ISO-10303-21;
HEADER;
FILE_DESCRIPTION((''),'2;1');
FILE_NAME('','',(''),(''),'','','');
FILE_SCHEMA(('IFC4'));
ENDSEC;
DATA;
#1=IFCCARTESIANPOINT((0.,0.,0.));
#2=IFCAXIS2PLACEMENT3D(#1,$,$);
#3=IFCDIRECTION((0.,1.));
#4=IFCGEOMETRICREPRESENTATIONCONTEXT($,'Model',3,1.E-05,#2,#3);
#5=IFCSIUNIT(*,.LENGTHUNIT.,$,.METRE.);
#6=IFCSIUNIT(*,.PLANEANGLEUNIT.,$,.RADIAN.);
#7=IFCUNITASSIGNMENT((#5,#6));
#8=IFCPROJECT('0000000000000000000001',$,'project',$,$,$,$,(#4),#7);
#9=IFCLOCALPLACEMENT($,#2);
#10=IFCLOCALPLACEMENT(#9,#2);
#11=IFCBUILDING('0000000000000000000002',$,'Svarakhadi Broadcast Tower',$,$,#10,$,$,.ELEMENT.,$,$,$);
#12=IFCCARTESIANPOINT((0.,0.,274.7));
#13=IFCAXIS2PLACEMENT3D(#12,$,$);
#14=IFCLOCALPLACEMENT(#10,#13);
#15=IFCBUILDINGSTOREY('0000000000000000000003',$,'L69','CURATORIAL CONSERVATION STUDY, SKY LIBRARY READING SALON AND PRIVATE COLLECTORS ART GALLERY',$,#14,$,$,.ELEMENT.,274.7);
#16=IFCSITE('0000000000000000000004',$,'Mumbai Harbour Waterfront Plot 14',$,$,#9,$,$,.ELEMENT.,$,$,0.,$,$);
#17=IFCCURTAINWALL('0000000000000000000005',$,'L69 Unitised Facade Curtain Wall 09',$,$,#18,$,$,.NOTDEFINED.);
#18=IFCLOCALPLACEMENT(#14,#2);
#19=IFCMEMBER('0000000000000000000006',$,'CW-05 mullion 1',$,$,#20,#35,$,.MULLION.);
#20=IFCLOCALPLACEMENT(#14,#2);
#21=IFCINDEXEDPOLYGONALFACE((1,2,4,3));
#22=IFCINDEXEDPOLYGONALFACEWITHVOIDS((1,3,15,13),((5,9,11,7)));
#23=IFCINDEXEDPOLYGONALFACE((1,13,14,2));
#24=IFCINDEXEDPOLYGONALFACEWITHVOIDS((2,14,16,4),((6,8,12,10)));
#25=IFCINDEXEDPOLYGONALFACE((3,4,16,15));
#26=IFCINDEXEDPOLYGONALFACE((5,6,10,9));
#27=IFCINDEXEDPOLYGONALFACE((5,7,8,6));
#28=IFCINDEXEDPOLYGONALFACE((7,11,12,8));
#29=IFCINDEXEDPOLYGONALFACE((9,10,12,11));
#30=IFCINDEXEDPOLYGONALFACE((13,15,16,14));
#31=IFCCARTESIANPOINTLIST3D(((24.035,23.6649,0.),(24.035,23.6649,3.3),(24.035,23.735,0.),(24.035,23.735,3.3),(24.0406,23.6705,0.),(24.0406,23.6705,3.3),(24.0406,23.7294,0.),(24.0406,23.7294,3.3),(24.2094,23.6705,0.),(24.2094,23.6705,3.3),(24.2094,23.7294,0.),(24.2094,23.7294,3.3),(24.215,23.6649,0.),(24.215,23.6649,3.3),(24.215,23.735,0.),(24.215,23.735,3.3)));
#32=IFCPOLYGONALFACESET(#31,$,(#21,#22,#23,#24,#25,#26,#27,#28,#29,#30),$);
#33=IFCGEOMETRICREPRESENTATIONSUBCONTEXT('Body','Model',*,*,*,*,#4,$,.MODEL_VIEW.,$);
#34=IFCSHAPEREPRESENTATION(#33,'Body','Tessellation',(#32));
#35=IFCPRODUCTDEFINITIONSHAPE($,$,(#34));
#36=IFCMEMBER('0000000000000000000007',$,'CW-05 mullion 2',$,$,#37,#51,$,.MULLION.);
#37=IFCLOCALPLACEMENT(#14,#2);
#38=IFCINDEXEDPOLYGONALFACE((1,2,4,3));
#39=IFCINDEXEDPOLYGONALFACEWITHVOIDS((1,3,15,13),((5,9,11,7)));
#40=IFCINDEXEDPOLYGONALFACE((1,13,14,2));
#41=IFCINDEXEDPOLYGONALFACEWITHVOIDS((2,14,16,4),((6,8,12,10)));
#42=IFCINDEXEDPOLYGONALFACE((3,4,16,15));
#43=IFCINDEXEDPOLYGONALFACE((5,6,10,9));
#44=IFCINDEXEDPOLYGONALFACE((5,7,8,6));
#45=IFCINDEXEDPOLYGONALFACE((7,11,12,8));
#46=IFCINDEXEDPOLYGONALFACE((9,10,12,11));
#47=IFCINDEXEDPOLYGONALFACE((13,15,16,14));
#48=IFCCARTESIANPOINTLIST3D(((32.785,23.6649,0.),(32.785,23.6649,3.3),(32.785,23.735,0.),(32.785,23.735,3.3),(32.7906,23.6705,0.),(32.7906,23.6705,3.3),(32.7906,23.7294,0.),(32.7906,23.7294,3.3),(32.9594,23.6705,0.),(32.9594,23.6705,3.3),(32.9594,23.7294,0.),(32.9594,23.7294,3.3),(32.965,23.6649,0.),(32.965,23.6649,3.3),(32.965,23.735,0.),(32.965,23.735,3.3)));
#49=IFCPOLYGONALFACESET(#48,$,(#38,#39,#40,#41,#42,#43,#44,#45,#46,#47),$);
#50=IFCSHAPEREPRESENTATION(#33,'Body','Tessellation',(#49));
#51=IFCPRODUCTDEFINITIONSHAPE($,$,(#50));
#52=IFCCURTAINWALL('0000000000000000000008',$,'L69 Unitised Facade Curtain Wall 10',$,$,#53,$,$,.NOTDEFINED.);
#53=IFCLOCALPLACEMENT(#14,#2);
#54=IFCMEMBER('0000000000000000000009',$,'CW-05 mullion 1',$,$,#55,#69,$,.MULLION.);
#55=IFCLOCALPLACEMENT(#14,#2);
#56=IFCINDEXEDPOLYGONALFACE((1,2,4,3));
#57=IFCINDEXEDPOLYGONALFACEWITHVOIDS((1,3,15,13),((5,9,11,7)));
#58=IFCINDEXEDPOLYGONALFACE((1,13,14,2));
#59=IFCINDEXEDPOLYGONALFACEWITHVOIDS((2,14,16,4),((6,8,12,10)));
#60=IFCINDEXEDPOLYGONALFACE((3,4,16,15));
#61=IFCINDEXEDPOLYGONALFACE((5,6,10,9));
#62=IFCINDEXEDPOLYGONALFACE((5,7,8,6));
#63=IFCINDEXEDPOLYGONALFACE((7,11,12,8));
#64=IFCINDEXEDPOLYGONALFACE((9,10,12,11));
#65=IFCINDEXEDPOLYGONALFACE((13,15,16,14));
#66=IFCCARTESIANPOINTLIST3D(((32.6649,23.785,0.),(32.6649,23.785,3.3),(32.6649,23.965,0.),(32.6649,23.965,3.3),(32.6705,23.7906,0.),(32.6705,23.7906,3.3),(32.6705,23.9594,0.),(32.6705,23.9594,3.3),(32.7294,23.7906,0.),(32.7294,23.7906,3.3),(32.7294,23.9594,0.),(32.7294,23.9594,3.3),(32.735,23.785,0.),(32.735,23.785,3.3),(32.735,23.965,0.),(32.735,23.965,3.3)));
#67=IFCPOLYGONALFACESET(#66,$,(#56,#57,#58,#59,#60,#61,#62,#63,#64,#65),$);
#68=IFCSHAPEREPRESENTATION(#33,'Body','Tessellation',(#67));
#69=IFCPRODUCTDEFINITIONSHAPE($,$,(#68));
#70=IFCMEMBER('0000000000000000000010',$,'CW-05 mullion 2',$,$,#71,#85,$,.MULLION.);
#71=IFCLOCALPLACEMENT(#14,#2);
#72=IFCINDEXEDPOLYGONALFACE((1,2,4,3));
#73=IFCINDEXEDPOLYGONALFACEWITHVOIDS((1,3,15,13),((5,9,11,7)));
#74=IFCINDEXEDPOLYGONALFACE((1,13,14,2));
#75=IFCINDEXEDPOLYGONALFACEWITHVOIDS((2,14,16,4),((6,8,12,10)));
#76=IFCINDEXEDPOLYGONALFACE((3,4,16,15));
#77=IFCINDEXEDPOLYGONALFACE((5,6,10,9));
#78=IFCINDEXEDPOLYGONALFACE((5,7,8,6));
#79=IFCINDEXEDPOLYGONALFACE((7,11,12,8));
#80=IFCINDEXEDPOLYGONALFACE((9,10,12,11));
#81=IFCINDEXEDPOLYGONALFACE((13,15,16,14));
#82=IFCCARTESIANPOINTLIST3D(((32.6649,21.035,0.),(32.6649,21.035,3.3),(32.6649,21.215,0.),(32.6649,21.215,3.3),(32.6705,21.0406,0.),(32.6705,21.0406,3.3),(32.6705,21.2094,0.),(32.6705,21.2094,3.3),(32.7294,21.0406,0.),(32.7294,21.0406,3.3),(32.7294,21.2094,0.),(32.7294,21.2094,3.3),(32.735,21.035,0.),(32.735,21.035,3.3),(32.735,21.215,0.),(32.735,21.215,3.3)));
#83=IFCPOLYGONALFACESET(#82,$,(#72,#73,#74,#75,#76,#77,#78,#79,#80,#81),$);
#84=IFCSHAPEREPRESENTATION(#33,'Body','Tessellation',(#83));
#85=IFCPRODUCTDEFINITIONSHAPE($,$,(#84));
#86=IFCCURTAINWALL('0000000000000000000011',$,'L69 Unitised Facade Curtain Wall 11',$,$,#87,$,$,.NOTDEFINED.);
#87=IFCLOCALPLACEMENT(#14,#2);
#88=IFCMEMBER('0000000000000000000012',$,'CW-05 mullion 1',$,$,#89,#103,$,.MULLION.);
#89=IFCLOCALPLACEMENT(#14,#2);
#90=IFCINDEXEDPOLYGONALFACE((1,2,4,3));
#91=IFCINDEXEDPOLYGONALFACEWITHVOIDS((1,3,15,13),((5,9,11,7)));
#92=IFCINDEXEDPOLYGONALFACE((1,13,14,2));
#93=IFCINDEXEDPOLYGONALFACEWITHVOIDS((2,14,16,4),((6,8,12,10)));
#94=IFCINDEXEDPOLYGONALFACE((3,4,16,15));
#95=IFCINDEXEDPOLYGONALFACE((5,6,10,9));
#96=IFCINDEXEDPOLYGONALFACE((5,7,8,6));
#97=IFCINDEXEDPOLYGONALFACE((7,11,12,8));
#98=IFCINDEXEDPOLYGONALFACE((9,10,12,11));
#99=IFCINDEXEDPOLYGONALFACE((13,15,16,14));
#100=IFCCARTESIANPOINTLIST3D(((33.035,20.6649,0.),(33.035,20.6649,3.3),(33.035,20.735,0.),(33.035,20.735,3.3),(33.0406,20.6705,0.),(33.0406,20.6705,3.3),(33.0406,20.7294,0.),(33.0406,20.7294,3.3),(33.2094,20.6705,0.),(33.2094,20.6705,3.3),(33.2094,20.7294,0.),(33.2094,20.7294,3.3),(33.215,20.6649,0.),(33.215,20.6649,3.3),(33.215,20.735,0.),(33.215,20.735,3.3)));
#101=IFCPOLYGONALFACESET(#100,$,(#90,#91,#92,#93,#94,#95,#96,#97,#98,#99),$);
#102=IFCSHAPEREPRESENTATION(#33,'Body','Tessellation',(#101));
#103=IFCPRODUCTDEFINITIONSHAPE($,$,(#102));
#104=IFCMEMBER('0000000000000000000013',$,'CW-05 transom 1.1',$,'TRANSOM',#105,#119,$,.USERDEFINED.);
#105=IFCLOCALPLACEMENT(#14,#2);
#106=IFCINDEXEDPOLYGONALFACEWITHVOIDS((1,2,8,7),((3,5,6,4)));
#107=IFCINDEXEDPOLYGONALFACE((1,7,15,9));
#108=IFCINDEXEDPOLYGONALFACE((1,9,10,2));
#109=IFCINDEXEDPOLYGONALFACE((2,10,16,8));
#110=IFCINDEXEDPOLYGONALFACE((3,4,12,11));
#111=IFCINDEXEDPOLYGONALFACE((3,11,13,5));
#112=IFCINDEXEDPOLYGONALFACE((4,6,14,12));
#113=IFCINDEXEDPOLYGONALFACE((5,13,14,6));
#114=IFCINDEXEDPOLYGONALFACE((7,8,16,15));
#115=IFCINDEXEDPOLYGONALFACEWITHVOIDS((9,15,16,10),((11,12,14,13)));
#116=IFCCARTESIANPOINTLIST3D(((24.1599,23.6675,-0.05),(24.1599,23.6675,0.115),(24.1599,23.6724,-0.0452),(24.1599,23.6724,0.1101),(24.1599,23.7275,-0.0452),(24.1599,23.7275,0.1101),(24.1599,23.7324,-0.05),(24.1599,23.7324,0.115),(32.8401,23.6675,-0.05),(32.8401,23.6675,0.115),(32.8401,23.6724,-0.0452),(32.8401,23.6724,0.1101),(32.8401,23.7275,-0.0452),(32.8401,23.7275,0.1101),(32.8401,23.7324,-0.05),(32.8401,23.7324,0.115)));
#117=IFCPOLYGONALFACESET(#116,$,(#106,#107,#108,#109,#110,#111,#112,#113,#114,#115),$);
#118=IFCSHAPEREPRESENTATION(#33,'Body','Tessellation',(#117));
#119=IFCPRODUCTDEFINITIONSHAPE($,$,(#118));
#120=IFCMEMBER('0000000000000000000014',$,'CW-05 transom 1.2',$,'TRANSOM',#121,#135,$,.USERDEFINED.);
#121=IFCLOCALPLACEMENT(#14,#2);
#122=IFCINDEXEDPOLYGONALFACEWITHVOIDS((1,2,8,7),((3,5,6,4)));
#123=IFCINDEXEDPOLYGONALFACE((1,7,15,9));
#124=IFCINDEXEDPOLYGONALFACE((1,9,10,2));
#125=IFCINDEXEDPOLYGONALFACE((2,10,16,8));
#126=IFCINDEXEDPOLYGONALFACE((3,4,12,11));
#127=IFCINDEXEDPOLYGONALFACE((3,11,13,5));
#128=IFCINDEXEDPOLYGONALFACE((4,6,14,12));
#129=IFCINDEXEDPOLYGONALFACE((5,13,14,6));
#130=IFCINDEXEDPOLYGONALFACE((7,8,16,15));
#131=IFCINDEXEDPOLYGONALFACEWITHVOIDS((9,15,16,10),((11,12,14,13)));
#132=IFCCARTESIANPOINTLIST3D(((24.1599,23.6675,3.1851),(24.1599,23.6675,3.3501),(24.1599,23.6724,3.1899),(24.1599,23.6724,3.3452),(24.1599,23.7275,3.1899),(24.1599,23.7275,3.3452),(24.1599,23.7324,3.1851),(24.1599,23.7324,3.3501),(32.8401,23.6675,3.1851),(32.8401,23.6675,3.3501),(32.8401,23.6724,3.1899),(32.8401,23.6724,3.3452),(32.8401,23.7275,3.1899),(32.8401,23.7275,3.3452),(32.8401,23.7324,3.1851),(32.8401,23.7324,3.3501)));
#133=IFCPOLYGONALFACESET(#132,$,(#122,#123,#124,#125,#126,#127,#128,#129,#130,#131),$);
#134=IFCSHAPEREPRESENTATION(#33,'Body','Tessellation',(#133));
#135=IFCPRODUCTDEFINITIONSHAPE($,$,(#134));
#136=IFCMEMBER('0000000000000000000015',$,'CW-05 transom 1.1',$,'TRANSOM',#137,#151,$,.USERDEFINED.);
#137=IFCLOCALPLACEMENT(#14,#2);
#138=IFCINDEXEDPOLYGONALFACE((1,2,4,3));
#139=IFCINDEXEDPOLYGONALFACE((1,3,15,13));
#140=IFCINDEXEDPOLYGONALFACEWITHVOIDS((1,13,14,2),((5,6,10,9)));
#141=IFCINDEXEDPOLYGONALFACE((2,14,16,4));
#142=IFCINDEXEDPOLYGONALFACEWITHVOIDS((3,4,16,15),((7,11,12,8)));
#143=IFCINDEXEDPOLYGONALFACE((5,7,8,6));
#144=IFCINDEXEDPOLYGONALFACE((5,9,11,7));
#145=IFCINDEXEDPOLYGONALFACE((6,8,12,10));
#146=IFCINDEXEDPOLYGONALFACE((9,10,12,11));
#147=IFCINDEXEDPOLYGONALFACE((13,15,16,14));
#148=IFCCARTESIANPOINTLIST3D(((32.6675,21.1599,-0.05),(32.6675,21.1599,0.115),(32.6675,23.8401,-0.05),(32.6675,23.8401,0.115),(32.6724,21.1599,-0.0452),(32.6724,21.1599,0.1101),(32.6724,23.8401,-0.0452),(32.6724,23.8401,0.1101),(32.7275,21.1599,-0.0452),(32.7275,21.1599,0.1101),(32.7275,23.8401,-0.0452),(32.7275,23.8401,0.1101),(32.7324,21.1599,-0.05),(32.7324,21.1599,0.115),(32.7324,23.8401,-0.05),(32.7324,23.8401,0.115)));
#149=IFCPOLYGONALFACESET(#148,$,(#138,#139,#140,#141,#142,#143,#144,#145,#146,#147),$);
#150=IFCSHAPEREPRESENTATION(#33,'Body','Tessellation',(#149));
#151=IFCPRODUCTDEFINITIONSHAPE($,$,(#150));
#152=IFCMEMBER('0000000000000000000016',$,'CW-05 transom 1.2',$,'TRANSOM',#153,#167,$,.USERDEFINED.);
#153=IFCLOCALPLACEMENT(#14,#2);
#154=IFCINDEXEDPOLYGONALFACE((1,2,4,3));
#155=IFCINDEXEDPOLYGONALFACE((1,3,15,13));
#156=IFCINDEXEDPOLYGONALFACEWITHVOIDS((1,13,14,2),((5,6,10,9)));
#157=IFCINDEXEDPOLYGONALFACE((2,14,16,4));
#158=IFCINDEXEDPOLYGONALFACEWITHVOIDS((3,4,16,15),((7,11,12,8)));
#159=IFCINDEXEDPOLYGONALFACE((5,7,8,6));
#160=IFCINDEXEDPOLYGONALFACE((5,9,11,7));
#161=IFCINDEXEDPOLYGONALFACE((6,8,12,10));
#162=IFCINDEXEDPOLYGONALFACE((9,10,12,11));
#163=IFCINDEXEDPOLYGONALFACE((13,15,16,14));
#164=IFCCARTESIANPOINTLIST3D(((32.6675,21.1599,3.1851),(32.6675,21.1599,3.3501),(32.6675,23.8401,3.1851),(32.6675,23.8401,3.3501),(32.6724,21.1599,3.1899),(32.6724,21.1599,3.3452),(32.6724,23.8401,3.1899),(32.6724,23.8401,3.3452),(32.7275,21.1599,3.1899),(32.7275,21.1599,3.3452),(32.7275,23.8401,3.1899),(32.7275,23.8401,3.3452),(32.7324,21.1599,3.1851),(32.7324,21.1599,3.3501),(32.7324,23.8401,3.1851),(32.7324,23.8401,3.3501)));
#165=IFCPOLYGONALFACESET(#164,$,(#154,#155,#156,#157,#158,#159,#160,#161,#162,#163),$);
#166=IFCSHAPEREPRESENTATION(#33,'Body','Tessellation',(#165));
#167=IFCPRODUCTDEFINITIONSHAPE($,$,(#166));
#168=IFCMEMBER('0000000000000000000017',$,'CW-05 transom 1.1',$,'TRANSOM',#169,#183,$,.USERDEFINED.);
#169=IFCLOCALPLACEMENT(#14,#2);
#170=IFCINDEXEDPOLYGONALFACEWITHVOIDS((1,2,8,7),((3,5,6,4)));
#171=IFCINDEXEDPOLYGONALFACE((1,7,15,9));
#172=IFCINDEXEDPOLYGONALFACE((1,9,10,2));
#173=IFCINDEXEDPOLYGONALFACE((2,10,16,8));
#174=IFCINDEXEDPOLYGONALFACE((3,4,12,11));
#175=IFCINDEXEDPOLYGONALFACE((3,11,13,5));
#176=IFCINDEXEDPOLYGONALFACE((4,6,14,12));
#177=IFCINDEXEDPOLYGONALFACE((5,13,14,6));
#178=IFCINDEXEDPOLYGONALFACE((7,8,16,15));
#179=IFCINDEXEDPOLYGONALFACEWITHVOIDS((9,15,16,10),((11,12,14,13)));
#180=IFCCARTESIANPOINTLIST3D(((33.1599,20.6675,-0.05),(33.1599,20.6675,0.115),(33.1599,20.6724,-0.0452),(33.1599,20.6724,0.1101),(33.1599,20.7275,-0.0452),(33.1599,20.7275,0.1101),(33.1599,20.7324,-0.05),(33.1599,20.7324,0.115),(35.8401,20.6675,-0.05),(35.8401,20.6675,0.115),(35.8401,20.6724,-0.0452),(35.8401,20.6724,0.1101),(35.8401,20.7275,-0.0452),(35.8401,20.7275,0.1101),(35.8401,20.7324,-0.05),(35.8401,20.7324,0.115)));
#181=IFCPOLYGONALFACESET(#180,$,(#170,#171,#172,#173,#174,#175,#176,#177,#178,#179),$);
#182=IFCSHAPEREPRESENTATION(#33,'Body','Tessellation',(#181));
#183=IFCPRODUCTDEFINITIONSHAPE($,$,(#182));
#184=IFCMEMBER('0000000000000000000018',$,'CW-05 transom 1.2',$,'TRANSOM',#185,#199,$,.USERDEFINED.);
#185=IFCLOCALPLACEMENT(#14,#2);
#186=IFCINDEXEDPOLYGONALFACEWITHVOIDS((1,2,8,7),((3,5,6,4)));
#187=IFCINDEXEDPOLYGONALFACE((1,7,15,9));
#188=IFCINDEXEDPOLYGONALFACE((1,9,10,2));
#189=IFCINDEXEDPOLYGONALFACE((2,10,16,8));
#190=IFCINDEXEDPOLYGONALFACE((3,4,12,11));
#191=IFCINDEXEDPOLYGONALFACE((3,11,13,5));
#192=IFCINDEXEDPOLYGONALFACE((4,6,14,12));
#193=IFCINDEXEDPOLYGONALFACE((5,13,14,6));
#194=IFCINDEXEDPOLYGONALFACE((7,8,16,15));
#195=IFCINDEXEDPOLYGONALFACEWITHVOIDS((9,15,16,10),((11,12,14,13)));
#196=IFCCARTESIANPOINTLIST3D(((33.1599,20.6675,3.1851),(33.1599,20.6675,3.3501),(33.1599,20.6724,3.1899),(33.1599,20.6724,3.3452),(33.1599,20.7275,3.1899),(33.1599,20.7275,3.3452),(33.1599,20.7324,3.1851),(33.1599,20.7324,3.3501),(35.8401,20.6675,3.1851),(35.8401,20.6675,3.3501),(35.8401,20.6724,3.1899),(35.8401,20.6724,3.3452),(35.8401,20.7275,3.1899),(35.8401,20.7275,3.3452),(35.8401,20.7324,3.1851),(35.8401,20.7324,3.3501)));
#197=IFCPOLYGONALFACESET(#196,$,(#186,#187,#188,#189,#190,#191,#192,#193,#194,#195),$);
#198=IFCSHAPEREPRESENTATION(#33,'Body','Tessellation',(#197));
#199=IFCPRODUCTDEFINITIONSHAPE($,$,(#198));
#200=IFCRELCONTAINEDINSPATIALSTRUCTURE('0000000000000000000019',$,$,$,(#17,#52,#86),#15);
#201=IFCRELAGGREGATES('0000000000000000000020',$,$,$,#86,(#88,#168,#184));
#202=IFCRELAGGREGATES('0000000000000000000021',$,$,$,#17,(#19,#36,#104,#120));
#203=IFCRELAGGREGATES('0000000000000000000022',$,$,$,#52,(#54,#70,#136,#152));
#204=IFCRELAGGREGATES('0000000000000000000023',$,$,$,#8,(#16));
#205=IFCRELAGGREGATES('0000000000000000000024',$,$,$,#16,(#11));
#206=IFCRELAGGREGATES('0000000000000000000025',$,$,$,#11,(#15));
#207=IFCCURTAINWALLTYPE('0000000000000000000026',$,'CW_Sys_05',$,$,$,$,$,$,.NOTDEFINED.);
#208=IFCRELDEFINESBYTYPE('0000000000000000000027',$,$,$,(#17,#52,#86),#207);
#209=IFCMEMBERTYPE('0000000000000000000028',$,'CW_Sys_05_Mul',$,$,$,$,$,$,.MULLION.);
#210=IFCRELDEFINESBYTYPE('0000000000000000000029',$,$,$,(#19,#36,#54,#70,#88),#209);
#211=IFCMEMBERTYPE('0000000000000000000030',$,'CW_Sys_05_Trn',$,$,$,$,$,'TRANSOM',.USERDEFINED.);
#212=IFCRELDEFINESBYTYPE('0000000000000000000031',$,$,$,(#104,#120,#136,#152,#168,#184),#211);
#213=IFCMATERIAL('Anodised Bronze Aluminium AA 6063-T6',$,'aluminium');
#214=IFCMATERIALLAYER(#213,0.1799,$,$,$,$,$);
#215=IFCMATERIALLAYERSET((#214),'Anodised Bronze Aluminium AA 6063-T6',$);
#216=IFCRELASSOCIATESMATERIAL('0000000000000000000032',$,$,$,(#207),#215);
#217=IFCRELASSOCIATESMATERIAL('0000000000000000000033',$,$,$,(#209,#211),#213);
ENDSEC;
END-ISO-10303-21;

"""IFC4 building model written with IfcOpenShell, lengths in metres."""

from ifc_helpers import new_model, si_unit, direction, frame, origin, origin_2d, place, context, subcontext, project, spatial, hollow_rectangle, extrude, material, layer, layer_set, material_profile, profile_set, type_object, element, aggregate, save


model = new_model("IFC4")

# Units and contexts
model_context = context("Model", 3, precision=1e-05, world=origin(), true_north=direction((0.0, 1.0)))
body_context = subcontext(model_context, "Body", "Model", "MODEL_VIEW")
ifc_project = project(units=[si_unit("LENGTHUNIT", "METRE"), si_unit("PLANEANGLEUNIT", "RADIAN")], contexts=[model_context])

# Site, building, storey
site_placement = place(None, origin())
site = spatial("IfcSite", under=ifc_project, at=site_placement, Name="Mumbai Harbour Waterfront Plot 14", CompositionType="ELEMENT", RefElevation=0.0)
building_placement = place(site_placement, origin())
building = spatial("IfcBuilding", under=site, at=building_placement, Name="Svarakhadi Broadcast Tower", CompositionType="ELEMENT")
storey_placement = place(building_placement, frame((0.0, 0.0, 274.7)))
storey = spatial("IfcBuildingStorey", under=building, at=storey_placement, Name="L69", Description="CURATORIAL CONSERVATION STUDY, SKY LIBRARY READING SALON AND PRIVATE COLLECTORS ART GALLERY", CompositionType="ELEMENT", Elevation=274.7)

# Curtain walls, members
ifc_material_1 = material(Name="Anodised Bronze Aluminium AA 6063-T6", Category="aluminium")
ifc_layer_1 = layer(ifc_material_1, 0.1799)
ifc_layer_set_1 = layer_set([ifc_layer_1], Name="Anodised Bronze Aluminium AA 6063-T6")
curtain_wall_type = type_object("IfcCurtainWallType", Name="CW_Sys_05", PredefinedType="NOTDEFINED", material=ifc_layer_set_1)
curtain_wall_1_placement = place(storey_placement, origin())
curtain_wall_1 = element("IfcCurtainWall", 1, at=curtain_wall_1_placement, inside=storey, type_object=curtain_wall_type, Name="L69 Unitised Facade Curtain Wall 09", PredefinedType="NOTDEFINED")
ifc_material_profile_1 = material_profile(ifc_material_1, hollow_rectangle(XDim=0.0701, YDim=0.1799, WallThickness=0.0056, at=origin_2d()), Name="ALU MULLION 180x70x6")
ifc_profile_set_1 = profile_set([ifc_material_profile_1], Name="Anodised Bronze Aluminium AA 6063-T6")
member_type_1 = type_object("IfcMemberType", Name="CW_Sys_05_Mul", PredefinedType="MULLION", material=ifc_profile_set_1)
member_1_placement = place(storey_placement, frame((24.125, 23.7, 0.0), z_axis=(0.0, 0.0, 1.0), x_axis=(0.0, 1.0, 0.0)))
member_1 = element("IfcMember", 2, at=member_1_placement, type_object=member_type_1, Name="CW-05 mullion 1", PredefinedType="MULLION", context=body_context, shape_type="SweptSolid", body=[
    extrude(hollow_rectangle(XDim=0.0701, YDim=0.1799, WallThickness=0.0056, at=origin_2d()), origin(), (0.0, 0.0, 1.0), 3.3),
])
member_2_placement = place(storey_placement, frame((32.875, 23.7, 0.0), z_axis=(0.0, 0.0, 1.0), x_axis=(0.0, 1.0, 0.0)))
member_2 = element("IfcMember", 3, at=member_2_placement, type_object=member_type_1, Name="CW-05 mullion 2", PredefinedType="MULLION", context=body_context, shape_type="SweptSolid", body=[
    extrude(hollow_rectangle(XDim=0.0701, YDim=0.1799, WallThickness=0.0056, at=origin_2d()), origin(), (0.0, 0.0, 1.0), 3.3),
])
curtain_wall_2_placement = place(storey_placement, origin())
curtain_wall_2 = element("IfcCurtainWall", 4, at=curtain_wall_2_placement, inside=storey, type_object=curtain_wall_type, Name="L69 Unitised Facade Curtain Wall 10", PredefinedType="NOTDEFINED")
member_3_placement = place(storey_placement, frame((32.7, 23.875, 0.0), z_axis=(0.0, 0.0, 1.0), x_axis=(1.0, 0.0, 0.0)))
member_3 = element("IfcMember", 5, at=member_3_placement, type_object=member_type_1, Name="CW-05 mullion 1", PredefinedType="MULLION", context=body_context, shape_type="SweptSolid", body=[
    extrude(hollow_rectangle(XDim=0.0701, YDim=0.1799, WallThickness=0.0056, at=origin_2d()), origin(), (0.0, 0.0, 1.0), 3.3),
])
member_4_placement = place(storey_placement, frame((32.7, 21.125, 0.0), z_axis=(0.0, 0.0, 1.0), x_axis=(1.0, 0.0, 0.0)))
member_4 = element("IfcMember", 6, at=member_4_placement, type_object=member_type_1, Name="CW-05 mullion 2", PredefinedType="MULLION", context=body_context, shape_type="SweptSolid", body=[
    extrude(hollow_rectangle(XDim=0.0701, YDim=0.1799, WallThickness=0.0056, at=origin_2d()), origin(), (0.0, 0.0, 1.0), 3.3),
])

# Curtain wall, member
curtain_wall_3_placement = place(storey_placement, origin())
curtain_wall_3 = element("IfcCurtainWall", 7, at=curtain_wall_3_placement, inside=storey, type_object=curtain_wall_type, Name="L69 Unitised Facade Curtain Wall 11", PredefinedType="NOTDEFINED")
member_5_placement = place(storey_placement, frame((33.125, 20.7, 0.0), z_axis=(0.0, 0.0, 1.0), x_axis=(0.0, 1.0, 0.0)))
member_5 = element("IfcMember", 8, at=member_5_placement, type_object=member_type_1, Name="CW-05 mullion 1", PredefinedType="MULLION", context=body_context, shape_type="SweptSolid", body=[
    extrude(hollow_rectangle(XDim=0.0701, YDim=0.1799, WallThickness=0.0056, at=origin_2d()), origin(), (0.0, 0.0, 1.0), 3.3),
])

# Members
ifc_material_profile_2 = material_profile(ifc_material_1, hollow_rectangle(XDim=0.0649, YDim=0.165, WallThickness=0.0049, at=origin_2d()), Name="ALU TRANSOM 165x65x5")
ifc_profile_set_2 = profile_set([ifc_material_profile_2], Name="Anodised Bronze Aluminium AA 6063-T6")
member_type_2 = type_object("IfcMemberType", Name="CW_Sys_05_Trn", ElementType="TRANSOM", PredefinedType="USERDEFINED", material=ifc_profile_set_2)
member_6_placement = place(storey_placement, frame((24.1599, 23.7, 0.0325), z_axis=(1.0, 0.0, 0.0), x_axis=(0.0, 1.0, 0.0)))
member_6 = element("IfcMember", 9, at=member_6_placement, type_object=member_type_2, Name="CW-05 transom 1.1", ObjectType="TRANSOM", PredefinedType="USERDEFINED", context=body_context, shape_type="SweptSolid", body=[
    extrude(hollow_rectangle(XDim=0.0649, YDim=0.165, WallThickness=0.0049, at=origin_2d()), origin(), (0.0, 0.0, 1.0), 8.6802),
])
member_7_placement = place(storey_placement, frame((24.1599, 23.7, 3.2676), z_axis=(1.0, 0.0, 0.0), x_axis=(0.0, 1.0, 0.0)))
member_7 = element("IfcMember", 10, at=member_7_placement, type_object=member_type_2, Name="CW-05 transom 1.2", ObjectType="TRANSOM", PredefinedType="USERDEFINED", context=body_context, shape_type="SweptSolid", body=[
    extrude(hollow_rectangle(XDim=0.0649, YDim=0.165, WallThickness=0.0049, at=origin_2d()), origin(), (0.0, 0.0, 1.0), 8.6802),
])
member_8_placement = place(storey_placement, frame((32.7, 23.8401, 0.0325), z_axis=(0.0, -1.0, 0.0), x_axis=(1.0, 0.0, 0.0)))
member_8 = element("IfcMember", 11, at=member_8_placement, type_object=member_type_2, Name="CW-05 transom 1.1", ObjectType="TRANSOM", PredefinedType="USERDEFINED", context=body_context, shape_type="SweptSolid", body=[
    extrude(hollow_rectangle(XDim=0.0649, YDim=0.165, WallThickness=0.0049, at=origin_2d()), origin(), (0.0, 0.0, 1.0), 2.6802),
])
member_9_placement = place(storey_placement, frame((32.7, 23.8401, 3.2676), z_axis=(0.0, -1.0, 0.0), x_axis=(1.0, 0.0, 0.0)))
member_9 = element("IfcMember", 12, at=member_9_placement, type_object=member_type_2, Name="CW-05 transom 1.2", ObjectType="TRANSOM", PredefinedType="USERDEFINED", context=body_context, shape_type="SweptSolid", body=[
    extrude(hollow_rectangle(XDim=0.0649, YDim=0.165, WallThickness=0.0049, at=origin_2d()), origin(), (0.0, 0.0, 1.0), 2.6802),
])
member_10_placement = place(storey_placement, frame((33.1599, 20.7, 0.0325), z_axis=(1.0, 0.0, 0.0), x_axis=(0.0, 1.0, 0.0)))
member_10 = element("IfcMember", 13, at=member_10_placement, type_object=member_type_2, Name="CW-05 transom 1.1", ObjectType="TRANSOM", PredefinedType="USERDEFINED", context=body_context, shape_type="SweptSolid", body=[
    extrude(hollow_rectangle(XDim=0.0649, YDim=0.165, WallThickness=0.0049, at=origin_2d()), origin(), (0.0, 0.0, 1.0), 2.6802),
])
member_11_placement = place(storey_placement, frame((33.1599, 20.7, 3.2676), z_axis=(1.0, 0.0, 0.0), x_axis=(0.0, 1.0, 0.0)))
member_11 = element("IfcMember", 14, at=member_11_placement, type_object=member_type_2, Name="CW-05 transom 1.2", ObjectType="TRANSOM", PredefinedType="USERDEFINED", context=body_context, shape_type="SweptSolid", body=[
    extrude(hollow_rectangle(XDim=0.0649, YDim=0.165, WallThickness=0.0049, at=origin_2d()), origin(), (0.0, 0.0, 1.0), 2.6802),
])
aggregate(curtain_wall_3, [member_5, member_10, member_11])

aggregate(curtain_wall_1, [member_1, member_2, member_6, member_7])
aggregate(curtain_wall_2, [member_3, member_4, member_8, member_9])

save(model, "model.ifc")
